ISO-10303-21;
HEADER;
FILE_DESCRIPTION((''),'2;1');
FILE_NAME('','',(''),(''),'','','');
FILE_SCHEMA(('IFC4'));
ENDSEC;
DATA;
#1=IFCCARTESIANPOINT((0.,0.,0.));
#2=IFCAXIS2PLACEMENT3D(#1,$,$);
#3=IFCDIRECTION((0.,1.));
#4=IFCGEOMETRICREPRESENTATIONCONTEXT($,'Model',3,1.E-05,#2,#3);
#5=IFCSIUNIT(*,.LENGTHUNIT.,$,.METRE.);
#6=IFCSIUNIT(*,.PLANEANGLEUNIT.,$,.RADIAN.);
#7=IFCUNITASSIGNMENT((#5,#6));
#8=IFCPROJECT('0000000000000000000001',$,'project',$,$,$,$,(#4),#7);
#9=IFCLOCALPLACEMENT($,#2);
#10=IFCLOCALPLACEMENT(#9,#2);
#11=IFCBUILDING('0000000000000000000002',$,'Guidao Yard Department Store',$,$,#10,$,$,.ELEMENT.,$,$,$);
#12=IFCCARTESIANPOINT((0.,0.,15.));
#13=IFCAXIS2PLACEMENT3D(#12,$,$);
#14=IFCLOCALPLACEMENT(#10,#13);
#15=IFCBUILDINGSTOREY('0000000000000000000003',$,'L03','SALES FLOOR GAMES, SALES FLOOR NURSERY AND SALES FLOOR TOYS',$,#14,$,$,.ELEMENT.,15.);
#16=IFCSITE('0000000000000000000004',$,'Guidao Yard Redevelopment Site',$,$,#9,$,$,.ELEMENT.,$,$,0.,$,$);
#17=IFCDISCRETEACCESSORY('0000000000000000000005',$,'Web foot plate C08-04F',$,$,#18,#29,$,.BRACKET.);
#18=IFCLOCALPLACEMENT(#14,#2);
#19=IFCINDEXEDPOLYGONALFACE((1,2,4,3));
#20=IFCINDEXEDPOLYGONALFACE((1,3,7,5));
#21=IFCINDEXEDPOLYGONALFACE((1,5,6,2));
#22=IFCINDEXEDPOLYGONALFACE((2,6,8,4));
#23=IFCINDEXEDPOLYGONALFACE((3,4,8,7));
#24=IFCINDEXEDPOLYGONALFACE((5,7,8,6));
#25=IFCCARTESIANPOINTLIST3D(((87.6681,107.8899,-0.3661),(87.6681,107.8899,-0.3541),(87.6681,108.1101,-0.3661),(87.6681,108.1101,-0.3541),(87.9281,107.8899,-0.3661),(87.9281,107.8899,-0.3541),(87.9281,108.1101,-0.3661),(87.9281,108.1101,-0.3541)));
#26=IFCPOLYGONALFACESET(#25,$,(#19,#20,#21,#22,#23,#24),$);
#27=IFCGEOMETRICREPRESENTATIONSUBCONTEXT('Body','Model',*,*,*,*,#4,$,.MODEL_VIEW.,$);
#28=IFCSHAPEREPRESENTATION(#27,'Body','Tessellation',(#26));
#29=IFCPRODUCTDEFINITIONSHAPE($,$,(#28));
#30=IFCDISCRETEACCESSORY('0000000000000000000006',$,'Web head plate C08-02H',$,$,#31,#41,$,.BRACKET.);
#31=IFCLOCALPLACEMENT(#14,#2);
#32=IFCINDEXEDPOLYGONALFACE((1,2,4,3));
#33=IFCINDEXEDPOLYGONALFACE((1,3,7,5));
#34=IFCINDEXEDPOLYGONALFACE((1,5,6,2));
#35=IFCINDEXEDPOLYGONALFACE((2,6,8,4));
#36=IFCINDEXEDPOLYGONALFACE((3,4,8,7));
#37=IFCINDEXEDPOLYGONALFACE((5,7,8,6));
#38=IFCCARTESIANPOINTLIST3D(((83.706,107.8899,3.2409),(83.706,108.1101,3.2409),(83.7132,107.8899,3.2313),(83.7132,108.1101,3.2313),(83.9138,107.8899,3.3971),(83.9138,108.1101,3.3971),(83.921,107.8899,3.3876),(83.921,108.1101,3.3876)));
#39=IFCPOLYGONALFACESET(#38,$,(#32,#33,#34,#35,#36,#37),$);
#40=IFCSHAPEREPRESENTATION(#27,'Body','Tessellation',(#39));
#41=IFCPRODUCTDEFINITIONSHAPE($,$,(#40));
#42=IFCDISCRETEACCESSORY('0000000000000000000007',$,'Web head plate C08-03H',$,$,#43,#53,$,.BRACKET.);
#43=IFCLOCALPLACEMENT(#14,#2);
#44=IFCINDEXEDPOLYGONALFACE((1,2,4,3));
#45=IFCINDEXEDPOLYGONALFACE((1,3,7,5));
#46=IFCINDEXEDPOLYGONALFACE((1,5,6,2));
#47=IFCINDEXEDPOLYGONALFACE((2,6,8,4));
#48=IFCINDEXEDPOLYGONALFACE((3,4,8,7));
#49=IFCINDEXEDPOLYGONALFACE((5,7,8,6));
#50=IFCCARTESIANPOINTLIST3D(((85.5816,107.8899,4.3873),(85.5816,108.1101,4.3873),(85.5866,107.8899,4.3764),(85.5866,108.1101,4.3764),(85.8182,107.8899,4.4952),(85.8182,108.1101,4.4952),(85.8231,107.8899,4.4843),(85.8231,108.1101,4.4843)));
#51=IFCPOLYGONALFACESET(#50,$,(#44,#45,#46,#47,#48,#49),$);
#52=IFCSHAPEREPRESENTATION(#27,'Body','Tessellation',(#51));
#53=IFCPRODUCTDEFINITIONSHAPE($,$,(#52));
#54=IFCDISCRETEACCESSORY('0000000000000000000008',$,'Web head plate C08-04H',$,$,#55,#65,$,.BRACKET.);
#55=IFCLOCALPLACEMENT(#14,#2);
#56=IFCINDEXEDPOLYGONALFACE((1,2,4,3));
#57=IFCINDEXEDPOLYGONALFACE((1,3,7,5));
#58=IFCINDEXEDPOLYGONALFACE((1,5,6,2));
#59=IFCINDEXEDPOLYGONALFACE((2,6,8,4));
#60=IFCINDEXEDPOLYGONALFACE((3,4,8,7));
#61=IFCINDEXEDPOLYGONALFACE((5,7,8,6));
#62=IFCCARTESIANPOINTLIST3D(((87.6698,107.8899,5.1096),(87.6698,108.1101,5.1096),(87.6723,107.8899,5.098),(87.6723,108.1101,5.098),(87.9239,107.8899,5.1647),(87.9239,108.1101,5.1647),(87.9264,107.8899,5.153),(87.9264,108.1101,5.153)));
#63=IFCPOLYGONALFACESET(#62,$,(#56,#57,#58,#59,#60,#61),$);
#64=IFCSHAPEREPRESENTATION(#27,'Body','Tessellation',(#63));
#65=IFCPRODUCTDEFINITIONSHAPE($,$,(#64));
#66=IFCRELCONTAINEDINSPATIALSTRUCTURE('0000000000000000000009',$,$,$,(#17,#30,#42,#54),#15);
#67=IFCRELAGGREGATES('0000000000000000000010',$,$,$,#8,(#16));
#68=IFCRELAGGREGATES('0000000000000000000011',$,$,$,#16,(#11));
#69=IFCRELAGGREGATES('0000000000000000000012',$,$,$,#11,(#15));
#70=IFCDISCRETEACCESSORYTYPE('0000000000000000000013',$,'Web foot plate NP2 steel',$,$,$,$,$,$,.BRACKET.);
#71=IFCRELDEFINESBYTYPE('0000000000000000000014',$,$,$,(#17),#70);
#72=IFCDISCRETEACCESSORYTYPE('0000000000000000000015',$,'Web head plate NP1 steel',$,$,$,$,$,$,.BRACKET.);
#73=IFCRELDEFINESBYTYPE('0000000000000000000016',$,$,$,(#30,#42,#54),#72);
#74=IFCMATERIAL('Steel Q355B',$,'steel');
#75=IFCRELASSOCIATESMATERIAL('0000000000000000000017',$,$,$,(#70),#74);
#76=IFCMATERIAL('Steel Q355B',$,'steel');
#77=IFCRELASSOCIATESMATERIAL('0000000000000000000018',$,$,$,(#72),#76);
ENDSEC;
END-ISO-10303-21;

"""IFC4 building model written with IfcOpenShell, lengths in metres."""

from ifc_helpers import new_model, si_unit, direction, frame, origin, origin_2d, place, context, subcontext, project, spatial, rectangle, extrude, material, material_profile, profile_set, type_object, element, save


model = new_model("IFC4")

# Units and contexts
model_context = context("Model", 3, precision=1e-05, world=origin(), true_north=direction((0.0, 1.0)))
body_context = subcontext(model_context, "Body", "Model", "MODEL_VIEW")
ifc_project = project(units=[si_unit("LENGTHUNIT", "METRE"), si_unit("PLANEANGLEUNIT", "RADIAN")], contexts=[model_context])

# Site, building, storey
site_placement = place(None, origin())
site = spatial("IfcSite", under=ifc_project, at=site_placement, Name="Guidao Yard Redevelopment Site", CompositionType="ELEMENT", RefElevation=0.0)
building_placement = place(site_placement, origin())
building = spatial("IfcBuilding", under=site, at=building_placement, Name="Guidao Yard Department Store", CompositionType="ELEMENT")
storey_placement = place(building_placement, frame((0.0, 0.0, 15.0)))
storey = spatial("IfcBuildingStorey", under=building, at=storey_placement, Name="L03", Description="SALES FLOOR GAMES, SALES FLOOR NURSERY AND SALES FLOOR TOYS", CompositionType="ELEMENT", Elevation=15.0)

# Discrete accessories
ifc_material_1 = material(Name="Steel Q355B", Category="steel")
ifc_material_profile_1 = material_profile(ifc_material_1, rectangle(XDim=0.26, YDim=0.012, at=origin_2d()), Name="Node plate 260x12")
ifc_profile_set_1 = profile_set([ifc_material_profile_1], Name="Steel Q355B")
discrete_accessory_type_1 = type_object("IfcDiscreteAccessoryType", Name="Web foot plate NP2 steel", PredefinedType="BRACKET", material=ifc_profile_set_1)
for number, where, z_axis, x_axis, name in (
    (1, (87.7981, 107.8899, -0.3601), (0.0, 1.0, 0.0), (-1.0, 0.0, 0.0), "Web foot plate C08-04F"),
):
    element("IfcDiscreteAccessory", number, at=place(storey_placement, frame(where, z_axis=z_axis, x_axis=x_axis)), inside=storey, type_object=discrete_accessory_type_1, Name=name, PredefinedType="BRACKET", context=body_context, shape_type="SweptSolid", body=[
        extrude(rectangle(XDim=0.26, YDim=0.012, at=origin_2d()), origin(), (0.0, 0.0, 1.0), 0.2202),
    ])
ifc_material_2 = material(Name="Steel Q355B", Category="steel")
ifc_material_profile_2 = material_profile(ifc_material_2, rectangle(XDim=0.26, YDim=0.012, at=origin_2d()), Name="Node plate 260x12")
ifc_profile_set_2 = profile_set([ifc_material_profile_2], Name="Steel Q355B")
discrete_accessory_type_2 = type_object("IfcDiscreteAccessoryType", Name="Web head plate NP1 steel", PredefinedType="BRACKET", material=ifc_profile_set_2)
for number, where, z_axis, x_axis, name in (
    (2, (83.8135, 107.8899, 3.3142), (0.0, 1.0, 0.0), (-0.799284, 0.0, -0.600954), "Web head plate C08-02H"),
    (3, (85.7024, 107.8899, 4.4358), (0.0, 1.0, 0.0), (-0.909751, 0.0, -0.415155), "Web head plate C08-03H"),
    (4, (87.7981, 107.8899, 5.1313), (0.0, 1.0, 0.0), (-0.977292, 0.0, -0.211897), "Web head plate C08-04H"),
):
    element("IfcDiscreteAccessory", number, at=place(storey_placement, frame(where, z_axis=z_axis, x_axis=x_axis)), inside=storey, type_object=discrete_accessory_type_2, Name=name, PredefinedType="BRACKET", context=body_context, shape_type="SweptSolid", body=[
        extrude(rectangle(XDim=0.26, YDim=0.012, at=origin_2d()), origin(), (0.0, 0.0, 1.0), 0.2202),
    ])

save(model, "model.ifc")
